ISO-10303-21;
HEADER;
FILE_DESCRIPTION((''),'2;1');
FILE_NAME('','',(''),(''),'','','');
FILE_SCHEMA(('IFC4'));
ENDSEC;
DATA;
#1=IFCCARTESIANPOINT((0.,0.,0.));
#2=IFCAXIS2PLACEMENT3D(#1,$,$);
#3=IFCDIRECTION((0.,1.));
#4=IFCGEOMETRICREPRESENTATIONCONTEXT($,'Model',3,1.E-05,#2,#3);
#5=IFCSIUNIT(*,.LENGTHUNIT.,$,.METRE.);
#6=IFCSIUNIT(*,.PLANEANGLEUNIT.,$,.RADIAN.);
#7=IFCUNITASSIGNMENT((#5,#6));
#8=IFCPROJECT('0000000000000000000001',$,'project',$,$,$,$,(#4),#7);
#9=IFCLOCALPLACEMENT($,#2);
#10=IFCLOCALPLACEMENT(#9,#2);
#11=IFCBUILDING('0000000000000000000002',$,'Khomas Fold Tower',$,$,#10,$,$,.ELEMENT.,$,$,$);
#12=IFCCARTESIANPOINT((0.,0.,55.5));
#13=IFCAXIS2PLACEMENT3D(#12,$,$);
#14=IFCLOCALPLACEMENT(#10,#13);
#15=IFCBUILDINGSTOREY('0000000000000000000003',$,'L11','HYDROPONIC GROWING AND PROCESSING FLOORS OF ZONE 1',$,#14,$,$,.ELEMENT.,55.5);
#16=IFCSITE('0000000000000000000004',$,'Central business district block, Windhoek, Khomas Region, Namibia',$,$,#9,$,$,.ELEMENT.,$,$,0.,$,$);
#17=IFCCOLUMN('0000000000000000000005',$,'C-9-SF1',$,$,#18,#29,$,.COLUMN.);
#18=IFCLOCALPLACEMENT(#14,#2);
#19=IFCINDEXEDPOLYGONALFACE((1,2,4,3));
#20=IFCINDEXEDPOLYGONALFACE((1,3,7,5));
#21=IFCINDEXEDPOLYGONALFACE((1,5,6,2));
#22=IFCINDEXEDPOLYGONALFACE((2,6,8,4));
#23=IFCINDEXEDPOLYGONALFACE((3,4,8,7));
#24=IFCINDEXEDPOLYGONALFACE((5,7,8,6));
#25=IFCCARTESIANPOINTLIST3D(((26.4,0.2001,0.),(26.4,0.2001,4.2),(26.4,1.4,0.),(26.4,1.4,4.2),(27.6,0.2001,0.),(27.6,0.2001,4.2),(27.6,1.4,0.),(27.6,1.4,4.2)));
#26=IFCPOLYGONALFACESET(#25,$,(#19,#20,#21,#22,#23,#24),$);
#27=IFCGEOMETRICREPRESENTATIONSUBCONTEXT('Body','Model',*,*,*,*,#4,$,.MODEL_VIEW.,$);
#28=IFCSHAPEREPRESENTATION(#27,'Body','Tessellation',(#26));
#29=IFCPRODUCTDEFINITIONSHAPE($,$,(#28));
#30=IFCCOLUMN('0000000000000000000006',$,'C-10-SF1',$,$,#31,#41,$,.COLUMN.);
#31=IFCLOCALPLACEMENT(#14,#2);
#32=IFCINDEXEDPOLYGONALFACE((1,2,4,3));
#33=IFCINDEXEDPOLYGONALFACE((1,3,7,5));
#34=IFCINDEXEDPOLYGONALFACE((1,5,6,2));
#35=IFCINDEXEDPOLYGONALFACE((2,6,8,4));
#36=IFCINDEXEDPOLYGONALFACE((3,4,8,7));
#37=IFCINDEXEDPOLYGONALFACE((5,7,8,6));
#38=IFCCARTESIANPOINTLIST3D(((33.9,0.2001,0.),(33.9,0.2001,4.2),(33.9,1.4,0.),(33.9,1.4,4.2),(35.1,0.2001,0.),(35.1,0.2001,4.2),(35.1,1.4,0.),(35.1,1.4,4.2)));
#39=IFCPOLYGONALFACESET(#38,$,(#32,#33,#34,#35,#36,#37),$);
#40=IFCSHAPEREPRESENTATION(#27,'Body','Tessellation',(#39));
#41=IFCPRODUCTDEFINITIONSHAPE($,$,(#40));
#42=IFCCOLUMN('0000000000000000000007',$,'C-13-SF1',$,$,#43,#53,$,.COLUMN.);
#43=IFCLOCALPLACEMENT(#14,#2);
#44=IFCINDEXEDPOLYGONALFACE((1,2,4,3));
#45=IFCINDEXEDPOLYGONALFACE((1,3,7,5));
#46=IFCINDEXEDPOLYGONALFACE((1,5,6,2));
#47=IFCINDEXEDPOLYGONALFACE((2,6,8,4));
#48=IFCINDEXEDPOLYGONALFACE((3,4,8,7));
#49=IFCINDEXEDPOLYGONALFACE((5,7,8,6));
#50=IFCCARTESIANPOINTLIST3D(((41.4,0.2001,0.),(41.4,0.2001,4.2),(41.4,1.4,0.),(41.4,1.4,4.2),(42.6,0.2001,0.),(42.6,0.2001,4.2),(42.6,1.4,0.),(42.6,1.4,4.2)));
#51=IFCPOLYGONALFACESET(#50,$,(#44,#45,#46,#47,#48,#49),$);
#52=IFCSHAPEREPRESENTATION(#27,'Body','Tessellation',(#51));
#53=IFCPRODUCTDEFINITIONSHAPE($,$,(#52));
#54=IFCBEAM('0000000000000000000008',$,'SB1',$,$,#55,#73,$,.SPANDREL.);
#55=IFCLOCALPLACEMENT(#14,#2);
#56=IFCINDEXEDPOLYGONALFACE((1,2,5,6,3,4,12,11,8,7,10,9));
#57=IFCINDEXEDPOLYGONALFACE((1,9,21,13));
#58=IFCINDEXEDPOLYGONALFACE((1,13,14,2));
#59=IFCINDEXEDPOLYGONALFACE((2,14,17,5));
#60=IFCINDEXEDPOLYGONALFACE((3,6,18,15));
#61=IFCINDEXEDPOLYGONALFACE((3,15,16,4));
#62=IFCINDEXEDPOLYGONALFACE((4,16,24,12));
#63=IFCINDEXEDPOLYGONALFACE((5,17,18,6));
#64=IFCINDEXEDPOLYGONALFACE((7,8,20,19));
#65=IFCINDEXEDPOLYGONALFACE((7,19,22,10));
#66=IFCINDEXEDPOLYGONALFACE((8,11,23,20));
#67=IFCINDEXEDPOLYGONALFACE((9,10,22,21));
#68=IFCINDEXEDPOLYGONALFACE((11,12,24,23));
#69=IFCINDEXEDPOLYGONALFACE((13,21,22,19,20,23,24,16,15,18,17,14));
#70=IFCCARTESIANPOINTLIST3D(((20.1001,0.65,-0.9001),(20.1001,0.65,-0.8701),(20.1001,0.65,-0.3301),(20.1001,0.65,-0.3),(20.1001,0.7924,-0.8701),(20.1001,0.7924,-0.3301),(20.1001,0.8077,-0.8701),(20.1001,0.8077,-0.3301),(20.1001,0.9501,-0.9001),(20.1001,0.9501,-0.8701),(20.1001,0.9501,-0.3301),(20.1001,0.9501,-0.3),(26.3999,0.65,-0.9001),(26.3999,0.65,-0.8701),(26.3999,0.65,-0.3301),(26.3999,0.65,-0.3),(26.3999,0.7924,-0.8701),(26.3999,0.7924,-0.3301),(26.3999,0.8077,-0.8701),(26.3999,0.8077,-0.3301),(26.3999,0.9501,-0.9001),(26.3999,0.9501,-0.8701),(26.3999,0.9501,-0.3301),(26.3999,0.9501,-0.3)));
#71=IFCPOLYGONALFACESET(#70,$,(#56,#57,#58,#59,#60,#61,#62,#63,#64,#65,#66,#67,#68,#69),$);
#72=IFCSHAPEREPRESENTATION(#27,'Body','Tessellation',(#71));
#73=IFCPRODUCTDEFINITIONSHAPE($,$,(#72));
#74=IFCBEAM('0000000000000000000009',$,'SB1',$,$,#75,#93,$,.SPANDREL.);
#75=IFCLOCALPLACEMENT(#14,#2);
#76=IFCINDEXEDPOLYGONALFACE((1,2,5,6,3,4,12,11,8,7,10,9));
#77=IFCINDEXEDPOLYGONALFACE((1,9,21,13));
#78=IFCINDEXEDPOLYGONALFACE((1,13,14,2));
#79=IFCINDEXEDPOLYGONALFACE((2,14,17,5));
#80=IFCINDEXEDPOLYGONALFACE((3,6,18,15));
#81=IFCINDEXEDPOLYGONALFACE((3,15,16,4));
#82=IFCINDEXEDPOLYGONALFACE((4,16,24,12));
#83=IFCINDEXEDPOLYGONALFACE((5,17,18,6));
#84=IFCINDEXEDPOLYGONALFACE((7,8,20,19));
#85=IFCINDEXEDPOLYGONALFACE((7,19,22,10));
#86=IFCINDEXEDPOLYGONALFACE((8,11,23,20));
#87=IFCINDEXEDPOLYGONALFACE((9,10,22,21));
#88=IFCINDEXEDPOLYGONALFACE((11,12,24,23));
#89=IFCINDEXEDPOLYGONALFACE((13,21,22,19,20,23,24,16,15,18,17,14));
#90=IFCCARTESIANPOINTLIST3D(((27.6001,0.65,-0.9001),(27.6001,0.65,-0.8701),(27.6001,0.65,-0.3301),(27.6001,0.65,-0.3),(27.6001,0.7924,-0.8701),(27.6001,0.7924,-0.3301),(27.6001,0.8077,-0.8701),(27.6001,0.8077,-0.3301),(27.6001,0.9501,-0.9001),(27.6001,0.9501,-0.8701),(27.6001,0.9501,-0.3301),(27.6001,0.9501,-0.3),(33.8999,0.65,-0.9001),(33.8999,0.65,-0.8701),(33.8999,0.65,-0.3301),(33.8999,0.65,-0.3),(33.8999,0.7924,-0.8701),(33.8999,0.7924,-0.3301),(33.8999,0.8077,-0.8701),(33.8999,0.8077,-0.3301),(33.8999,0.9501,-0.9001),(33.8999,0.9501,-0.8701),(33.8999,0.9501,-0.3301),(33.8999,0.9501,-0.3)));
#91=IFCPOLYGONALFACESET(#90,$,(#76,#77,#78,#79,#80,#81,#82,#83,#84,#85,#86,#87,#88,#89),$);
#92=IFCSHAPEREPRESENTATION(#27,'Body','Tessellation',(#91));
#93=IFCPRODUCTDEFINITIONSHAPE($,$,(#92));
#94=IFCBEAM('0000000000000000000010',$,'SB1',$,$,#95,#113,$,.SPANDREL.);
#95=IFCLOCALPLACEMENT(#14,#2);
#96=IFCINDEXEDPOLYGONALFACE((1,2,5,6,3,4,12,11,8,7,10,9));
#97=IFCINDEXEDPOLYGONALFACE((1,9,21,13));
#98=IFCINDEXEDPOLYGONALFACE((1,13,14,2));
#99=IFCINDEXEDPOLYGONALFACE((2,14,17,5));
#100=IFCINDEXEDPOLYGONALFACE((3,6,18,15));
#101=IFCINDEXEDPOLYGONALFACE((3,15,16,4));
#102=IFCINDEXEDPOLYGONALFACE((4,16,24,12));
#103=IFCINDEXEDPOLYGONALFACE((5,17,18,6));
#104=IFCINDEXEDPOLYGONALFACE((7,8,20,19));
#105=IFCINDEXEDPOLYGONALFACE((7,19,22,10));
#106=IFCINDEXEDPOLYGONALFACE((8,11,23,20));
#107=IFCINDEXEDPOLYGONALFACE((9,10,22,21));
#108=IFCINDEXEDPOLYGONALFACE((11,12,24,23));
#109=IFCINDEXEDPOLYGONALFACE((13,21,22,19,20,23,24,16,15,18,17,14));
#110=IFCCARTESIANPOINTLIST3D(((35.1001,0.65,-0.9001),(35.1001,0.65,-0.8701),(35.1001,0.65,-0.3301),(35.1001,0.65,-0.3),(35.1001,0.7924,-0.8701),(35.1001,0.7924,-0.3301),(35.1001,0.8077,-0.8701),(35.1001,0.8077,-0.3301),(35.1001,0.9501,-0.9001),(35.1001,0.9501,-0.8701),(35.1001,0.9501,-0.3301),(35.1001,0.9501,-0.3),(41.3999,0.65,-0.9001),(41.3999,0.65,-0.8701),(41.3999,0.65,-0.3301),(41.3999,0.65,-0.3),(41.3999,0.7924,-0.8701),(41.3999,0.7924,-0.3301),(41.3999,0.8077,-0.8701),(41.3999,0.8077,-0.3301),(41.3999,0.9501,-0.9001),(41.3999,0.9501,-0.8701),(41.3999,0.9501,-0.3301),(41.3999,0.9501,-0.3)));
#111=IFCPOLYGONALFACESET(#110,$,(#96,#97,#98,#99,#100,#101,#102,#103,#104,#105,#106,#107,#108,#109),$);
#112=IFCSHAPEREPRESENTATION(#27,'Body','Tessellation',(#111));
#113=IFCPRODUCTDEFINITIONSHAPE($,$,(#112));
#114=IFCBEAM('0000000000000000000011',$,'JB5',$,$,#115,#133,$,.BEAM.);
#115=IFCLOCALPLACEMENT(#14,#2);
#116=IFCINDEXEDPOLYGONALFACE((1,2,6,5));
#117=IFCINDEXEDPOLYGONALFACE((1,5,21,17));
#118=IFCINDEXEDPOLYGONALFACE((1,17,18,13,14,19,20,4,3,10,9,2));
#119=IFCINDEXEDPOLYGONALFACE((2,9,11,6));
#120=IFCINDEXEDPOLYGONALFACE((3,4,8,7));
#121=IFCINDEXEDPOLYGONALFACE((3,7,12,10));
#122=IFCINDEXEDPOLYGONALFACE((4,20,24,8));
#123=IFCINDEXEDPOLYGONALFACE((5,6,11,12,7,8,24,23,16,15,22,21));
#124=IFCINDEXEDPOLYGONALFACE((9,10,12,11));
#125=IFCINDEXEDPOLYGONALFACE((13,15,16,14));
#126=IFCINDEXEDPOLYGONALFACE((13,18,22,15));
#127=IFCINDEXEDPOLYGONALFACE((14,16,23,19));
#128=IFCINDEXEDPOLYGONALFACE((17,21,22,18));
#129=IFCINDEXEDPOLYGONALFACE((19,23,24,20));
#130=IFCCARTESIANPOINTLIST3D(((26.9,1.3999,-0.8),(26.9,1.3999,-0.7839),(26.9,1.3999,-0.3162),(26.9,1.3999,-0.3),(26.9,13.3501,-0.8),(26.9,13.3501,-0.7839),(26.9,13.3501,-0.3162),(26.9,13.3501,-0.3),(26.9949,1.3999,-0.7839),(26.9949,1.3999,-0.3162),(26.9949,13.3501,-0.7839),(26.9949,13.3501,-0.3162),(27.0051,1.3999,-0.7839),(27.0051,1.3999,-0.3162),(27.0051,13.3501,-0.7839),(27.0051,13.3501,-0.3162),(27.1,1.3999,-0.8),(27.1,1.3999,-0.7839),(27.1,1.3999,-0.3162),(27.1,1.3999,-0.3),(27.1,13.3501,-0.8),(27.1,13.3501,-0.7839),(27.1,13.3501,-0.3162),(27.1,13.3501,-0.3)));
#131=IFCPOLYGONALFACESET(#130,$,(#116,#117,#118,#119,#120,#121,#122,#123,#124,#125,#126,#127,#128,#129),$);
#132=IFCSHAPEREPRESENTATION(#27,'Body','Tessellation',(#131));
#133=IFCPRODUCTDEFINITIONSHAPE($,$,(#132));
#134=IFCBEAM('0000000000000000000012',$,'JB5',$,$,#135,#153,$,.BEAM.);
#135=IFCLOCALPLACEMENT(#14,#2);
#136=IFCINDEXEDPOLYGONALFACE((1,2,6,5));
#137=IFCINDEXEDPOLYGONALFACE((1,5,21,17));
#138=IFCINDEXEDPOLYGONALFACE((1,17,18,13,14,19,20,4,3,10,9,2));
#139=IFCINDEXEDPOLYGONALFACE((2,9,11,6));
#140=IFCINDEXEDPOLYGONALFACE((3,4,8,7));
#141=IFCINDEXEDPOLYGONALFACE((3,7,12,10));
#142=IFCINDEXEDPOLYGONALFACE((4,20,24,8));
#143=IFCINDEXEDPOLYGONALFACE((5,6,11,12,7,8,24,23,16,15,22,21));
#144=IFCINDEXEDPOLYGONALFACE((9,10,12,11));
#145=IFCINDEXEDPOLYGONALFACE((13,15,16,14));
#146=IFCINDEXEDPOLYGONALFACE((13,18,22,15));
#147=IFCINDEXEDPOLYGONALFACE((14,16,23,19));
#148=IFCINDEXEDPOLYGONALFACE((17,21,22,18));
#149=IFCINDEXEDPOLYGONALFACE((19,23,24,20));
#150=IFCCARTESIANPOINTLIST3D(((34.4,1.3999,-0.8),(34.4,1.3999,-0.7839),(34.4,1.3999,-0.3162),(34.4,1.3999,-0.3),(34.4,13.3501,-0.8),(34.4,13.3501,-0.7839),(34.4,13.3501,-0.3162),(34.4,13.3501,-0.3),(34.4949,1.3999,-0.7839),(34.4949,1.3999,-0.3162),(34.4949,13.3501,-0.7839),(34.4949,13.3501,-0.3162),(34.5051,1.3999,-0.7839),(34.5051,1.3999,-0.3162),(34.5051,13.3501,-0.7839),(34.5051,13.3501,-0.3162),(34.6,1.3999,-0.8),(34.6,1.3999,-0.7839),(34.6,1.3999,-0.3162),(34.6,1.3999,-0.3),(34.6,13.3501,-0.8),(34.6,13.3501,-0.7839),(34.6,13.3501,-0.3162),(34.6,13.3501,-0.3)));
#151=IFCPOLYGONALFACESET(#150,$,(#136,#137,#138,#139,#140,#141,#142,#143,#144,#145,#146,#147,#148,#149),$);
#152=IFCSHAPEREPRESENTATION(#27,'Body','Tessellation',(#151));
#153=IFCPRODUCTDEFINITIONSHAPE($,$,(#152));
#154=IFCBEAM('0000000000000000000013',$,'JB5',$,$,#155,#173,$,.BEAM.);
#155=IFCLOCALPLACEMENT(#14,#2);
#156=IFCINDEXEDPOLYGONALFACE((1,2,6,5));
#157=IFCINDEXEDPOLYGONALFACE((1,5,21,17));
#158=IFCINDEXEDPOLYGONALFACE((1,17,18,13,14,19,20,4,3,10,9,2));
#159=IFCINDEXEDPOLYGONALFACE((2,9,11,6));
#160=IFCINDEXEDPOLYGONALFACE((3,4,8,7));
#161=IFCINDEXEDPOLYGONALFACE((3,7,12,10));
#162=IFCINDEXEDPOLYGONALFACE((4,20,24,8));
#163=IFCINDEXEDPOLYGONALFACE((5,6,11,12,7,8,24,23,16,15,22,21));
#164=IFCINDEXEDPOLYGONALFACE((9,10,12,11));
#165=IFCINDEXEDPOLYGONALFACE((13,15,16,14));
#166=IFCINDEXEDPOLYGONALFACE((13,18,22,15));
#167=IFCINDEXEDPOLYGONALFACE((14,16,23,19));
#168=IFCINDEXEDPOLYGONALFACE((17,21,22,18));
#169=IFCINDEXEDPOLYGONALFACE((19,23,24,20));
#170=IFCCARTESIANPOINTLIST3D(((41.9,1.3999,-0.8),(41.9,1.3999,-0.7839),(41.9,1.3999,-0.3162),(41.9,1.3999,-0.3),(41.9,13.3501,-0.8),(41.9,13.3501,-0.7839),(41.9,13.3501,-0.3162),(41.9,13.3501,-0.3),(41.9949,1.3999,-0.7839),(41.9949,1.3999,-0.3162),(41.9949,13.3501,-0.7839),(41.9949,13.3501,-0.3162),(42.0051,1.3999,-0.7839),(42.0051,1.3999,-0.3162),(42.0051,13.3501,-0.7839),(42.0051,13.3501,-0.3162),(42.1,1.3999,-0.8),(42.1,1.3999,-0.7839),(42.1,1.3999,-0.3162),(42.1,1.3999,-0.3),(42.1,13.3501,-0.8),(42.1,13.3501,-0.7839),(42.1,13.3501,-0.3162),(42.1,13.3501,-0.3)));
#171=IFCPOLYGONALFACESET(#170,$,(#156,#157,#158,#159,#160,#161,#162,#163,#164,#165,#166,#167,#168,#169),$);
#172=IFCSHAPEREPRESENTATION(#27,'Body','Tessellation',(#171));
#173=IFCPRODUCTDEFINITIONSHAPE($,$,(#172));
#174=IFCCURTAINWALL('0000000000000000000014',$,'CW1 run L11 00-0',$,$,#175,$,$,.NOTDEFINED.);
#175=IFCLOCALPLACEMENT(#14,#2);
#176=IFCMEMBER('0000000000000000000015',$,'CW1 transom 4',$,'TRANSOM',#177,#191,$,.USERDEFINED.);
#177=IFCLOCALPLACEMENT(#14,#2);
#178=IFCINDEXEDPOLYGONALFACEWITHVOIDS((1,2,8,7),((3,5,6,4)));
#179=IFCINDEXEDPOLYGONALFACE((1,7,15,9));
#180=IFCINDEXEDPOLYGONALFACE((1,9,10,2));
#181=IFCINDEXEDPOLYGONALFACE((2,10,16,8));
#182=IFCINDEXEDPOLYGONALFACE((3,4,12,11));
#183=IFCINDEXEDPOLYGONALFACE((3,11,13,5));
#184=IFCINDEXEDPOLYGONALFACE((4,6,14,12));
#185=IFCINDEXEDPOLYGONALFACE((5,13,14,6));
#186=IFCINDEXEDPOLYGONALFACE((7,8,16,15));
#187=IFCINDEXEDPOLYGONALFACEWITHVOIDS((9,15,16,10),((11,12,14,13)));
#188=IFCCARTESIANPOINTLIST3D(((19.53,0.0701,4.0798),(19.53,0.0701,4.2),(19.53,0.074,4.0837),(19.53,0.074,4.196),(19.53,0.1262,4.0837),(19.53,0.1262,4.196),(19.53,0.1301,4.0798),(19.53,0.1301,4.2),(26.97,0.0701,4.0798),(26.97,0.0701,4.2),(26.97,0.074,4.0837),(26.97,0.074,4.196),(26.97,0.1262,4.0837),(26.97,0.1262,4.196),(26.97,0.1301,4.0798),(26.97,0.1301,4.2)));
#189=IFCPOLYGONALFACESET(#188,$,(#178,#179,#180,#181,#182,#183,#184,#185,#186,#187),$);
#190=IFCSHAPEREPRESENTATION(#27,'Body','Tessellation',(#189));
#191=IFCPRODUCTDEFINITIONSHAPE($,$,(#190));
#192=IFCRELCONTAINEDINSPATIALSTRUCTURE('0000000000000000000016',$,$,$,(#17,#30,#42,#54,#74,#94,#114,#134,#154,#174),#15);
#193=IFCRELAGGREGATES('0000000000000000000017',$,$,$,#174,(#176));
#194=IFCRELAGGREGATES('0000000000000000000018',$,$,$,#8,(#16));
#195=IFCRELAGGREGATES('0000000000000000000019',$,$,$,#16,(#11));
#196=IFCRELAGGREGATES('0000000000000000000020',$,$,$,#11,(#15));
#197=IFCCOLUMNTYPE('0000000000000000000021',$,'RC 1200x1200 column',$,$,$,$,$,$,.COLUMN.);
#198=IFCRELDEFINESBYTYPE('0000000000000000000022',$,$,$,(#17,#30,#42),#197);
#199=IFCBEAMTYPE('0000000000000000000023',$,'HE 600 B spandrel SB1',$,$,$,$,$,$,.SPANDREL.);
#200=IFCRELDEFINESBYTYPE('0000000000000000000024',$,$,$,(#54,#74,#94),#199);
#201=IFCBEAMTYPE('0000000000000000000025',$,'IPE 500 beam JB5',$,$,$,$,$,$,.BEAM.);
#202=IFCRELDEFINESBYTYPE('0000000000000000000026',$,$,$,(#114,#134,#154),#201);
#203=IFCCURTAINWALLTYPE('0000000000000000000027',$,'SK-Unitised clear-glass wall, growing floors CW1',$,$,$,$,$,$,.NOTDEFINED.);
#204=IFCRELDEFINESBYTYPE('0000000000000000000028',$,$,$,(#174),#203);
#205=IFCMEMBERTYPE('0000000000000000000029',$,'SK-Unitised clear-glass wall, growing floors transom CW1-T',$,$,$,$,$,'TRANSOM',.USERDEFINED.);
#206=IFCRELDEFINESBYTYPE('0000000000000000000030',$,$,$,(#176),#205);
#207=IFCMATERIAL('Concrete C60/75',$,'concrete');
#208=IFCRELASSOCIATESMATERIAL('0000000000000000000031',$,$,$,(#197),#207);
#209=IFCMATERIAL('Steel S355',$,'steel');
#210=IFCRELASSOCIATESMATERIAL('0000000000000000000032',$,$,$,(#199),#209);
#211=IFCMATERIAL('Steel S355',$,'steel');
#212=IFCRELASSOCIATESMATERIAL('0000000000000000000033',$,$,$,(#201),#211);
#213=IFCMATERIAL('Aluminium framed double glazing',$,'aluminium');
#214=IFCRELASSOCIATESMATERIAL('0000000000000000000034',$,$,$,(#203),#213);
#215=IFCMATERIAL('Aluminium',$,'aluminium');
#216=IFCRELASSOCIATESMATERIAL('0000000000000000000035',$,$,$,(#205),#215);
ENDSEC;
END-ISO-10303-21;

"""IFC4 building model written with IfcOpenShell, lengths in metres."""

from ifc_helpers import new_model, si_unit, direction, frame, origin, origin_2d, place, context, subcontext, project, spatial, rectangle, hollow_rectangle, i_section, extrude, source, transform, mapped, material, material_profile, profile_set, type_object, element, aggregate, save


model = new_model("IFC4")

# Units and contexts
model_context = context("Model", 3, precision=1e-05, world=origin(), true_north=direction((0.0, 1.0)))
body_context = subcontext(model_context, "Body", "Model", "MODEL_VIEW")
ifc_project = project(units=[si_unit("LENGTHUNIT", "METRE"), si_unit("PLANEANGLEUNIT", "RADIAN")], contexts=[model_context])

# Site, building, storey
site_placement = place(None, origin())
site = spatial("IfcSite", under=ifc_project, at=site_placement, Name="Central business district block, Windhoek, Khomas Region, Namibia", CompositionType="ELEMENT", RefElevation=0.0)
building_placement = place(site_placement, origin())
building = spatial("IfcBuilding", under=site, at=building_placement, Name="Khomas Fold Tower", CompositionType="ELEMENT")
storey_placement = place(building_placement, frame((0.0, 0.0, 55.5)))
storey = spatial("IfcBuildingStorey", under=building, at=storey_placement, Name="L11", Description="HYDROPONIC GROWING AND PROCESSING FLOORS OF ZONE 1", CompositionType="ELEMENT", Elevation=55.5)

# Columns
ifc_material_1 = material(Name="Concrete C60/75", Category="concrete")
ifc_material_profile_1 = material_profile(ifc_material_1, rectangle(XDim=1.2, YDim=1.2, at=origin_2d()), Name="RC 1200x1200")
ifc_profile_set_1 = profile_set([ifc_material_profile_1], Name="Concrete C60/75")
column_type = type_object("IfcColumnType", Name="RC 1200x1200 column", PredefinedType="COLUMN", material=ifc_profile_set_1)
shared_shape_1 = source(origin(), body_context, "Body", "SweptSolid", [
    extrude(rectangle(XDim=1.2, YDim=1.2, at=origin_2d()), origin(), (0.0, 0.0, 1.0), 4.2),
])
for number, where, z_axis, x_axis, name in (
    (1, (27.0, 0.8, 0.0), (0.0, 0.0, 1.0), (1.0, 0.0, 0.0), "C-9-SF1"),
    (2, (34.5, 0.8, 0.0), (0.0, 0.0, 1.0), (1.0, 0.0, 0.0), "C-10-SF1"),
    (3, (42.0, 0.8, 0.0), (0.0, 0.0, 1.0), (1.0, 0.0, 0.0), "C-13-SF1"),
):
    element("IfcColumn", number, at=place(storey_placement, frame(where, z_axis=z_axis, x_axis=x_axis)), inside=storey, type_object=column_type, Name=name, PredefinedType="COLUMN", context=body_context, shape_type="MappedRepresentation", body=[
        mapped(shared_shape_1, transform((0.0, 0.0, 0.0))),
    ])

# Beams
ifc_material_2 = material(Name="Steel S355", Category="steel")
ifc_material_profile_2 = material_profile(ifc_material_2, i_section(OverallWidth=0.3, OverallDepth=0.6001, WebThickness=0.0154, FlangeThickness=0.03, at=origin_2d()), Name="HE 600 B")
ifc_profile_set_2 = profile_set([ifc_material_profile_2], Name="Steel S355")
beam_type_1 = type_object("IfcBeamType", Name="HE 600 B spandrel SB1", PredefinedType="SPANDREL", material=ifc_profile_set_2)
shared_shape_2 = source(origin(), body_context, "Body", "SweptSolid", [
    extrude(i_section(OverallWidth=0.3, OverallDepth=0.6001, WebThickness=0.0154, FlangeThickness=0.03, at=origin_2d()), origin(), (0.0, 0.0, 1.0), 6.2998),
])
for number, where, z_axis, x_axis, name in (
    (4, (20.1001, 0.8, -0.6001), (1.0, 0.0, 0.0), (0.0, 1.0, 0.0), "SB1"),
    (5, (27.6001, 0.8, -0.6001), (1.0, 0.0, 0.0), (0.0, 1.0, 0.0), "SB1"),
    (6, (35.1001, 0.8, -0.6001), (1.0, 0.0, 0.0), (0.0, 1.0, 0.0), "SB1"),
):
    element("IfcBeam", number, at=place(storey_placement, frame(where, z_axis=z_axis, x_axis=x_axis)), inside=storey, type_object=beam_type_1, Name=name, PredefinedType="SPANDREL", context=body_context, shape_type="MappedRepresentation", body=[
        mapped(shared_shape_2, transform((0.0, 0.0, 0.0))),
    ])
ifc_material_3 = material(Name="Steel S355", Category="steel")
ifc_material_profile_3 = material_profile(ifc_material_3, i_section(OverallWidth=0.2, OverallDepth=0.5, WebThickness=0.0103, FlangeThickness=0.0161, at=origin_2d()), Name="IPE 500")
ifc_profile_set_3 = profile_set([ifc_material_profile_3], Name="Steel S355")
beam_type_2 = type_object("IfcBeamType", Name="IPE 500 beam JB5", PredefinedType="BEAM", material=ifc_profile_set_3)
shared_shape_3 = source(origin(), body_context, "Body", "SweptSolid", [
    extrude(i_section(OverallWidth=0.2, OverallDepth=0.5, WebThickness=0.0103, FlangeThickness=0.0161, at=origin_2d()), origin(), (0.0, 0.0, 1.0), 11.9502),
])
for number, where, z_axis, x_axis, name in (
    (7, (27.0, 1.3999, -0.55), (0.0, 1.0, 0.0), (-1.0, 0.0, 0.0), "JB5"),
    (8, (34.5, 1.3999, -0.55), (0.0, 1.0, 0.0), (-1.0, 0.0, 0.0), "JB5"),
    (9, (42.0, 1.3999, -0.55), (0.0, 1.0, 0.0), (-1.0, 0.0, 0.0), "JB5"),
):
    element("IfcBeam", number, at=place(storey_placement, frame(where, z_axis=z_axis, x_axis=x_axis)), inside=storey, type_object=beam_type_2, Name=name, PredefinedType="BEAM", context=body_context, shape_type="MappedRepresentation", body=[
        mapped(shared_shape_3, transform((0.0, 0.0, 0.0))),
    ])

# Curtain wall, member
ifc_material_4 = material(Name="Aluminium framed double glazing", Category="aluminium")
curtain_wall_type = type_object("IfcCurtainWallType", Name="SK-Unitised clear-glass wall, growing floors CW1", PredefinedType="NOTDEFINED", material=ifc_material_4)
curtain_wall_placement = place(storey_placement, origin())
curtain_wall = element("IfcCurtainWall", 10, at=curtain_wall_placement, inside=storey, type_object=curtain_wall_type, Name="CW1 run L11 00-0", PredefinedType="NOTDEFINED")
ifc_material_5 = material(Name="Aluminium", Category="aluminium")
ifc_material_profile_4 = material_profile(ifc_material_5, hollow_rectangle(XDim=0.0601, YDim=0.1201, WallThickness=0.0039, at=origin_2d()), Name="SK-Unitised clear-glass wall, growing floors transom CW1-T")
ifc_profile_set_4 = profile_set([ifc_material_profile_4], Name="Aluminium")
member_type_1 = type_object("IfcMemberType", Name="SK-Unitised clear-glass wall, growing floors transom CW1-T", ElementType="TRANSOM", PredefinedType="USERDEFINED", material=ifc_profile_set_4)
shared_shape_4 = source(origin(), body_context, "Body", "SweptSolid", [
    extrude(hollow_rectangle(XDim=0.0601, YDim=0.1201, WallThickness=0.0039, at=origin_2d()), origin(), (0.0, 0.0, 1.0), 7.4399),
])
member_1_placement = place(storey_placement, frame((19.53, 0.1001, 4.1399), z_axis=(1.0, 0.0, 0.0), x_axis=(0.0, 1.0, 0.0)))
member_1 = element("IfcMember", 11, at=member_1_placement, type_object=member_type_1, Name="CW1 transom 4", ObjectType="TRANSOM", PredefinedType="USERDEFINED", context=body_context, shape_type="MappedRepresentation", body=[
    mapped(shared_shape_4, transform((0.0, 0.0, 0.0))),
])
aggregate(curtain_wall, [member_1])

save(model, "model.ifc")
